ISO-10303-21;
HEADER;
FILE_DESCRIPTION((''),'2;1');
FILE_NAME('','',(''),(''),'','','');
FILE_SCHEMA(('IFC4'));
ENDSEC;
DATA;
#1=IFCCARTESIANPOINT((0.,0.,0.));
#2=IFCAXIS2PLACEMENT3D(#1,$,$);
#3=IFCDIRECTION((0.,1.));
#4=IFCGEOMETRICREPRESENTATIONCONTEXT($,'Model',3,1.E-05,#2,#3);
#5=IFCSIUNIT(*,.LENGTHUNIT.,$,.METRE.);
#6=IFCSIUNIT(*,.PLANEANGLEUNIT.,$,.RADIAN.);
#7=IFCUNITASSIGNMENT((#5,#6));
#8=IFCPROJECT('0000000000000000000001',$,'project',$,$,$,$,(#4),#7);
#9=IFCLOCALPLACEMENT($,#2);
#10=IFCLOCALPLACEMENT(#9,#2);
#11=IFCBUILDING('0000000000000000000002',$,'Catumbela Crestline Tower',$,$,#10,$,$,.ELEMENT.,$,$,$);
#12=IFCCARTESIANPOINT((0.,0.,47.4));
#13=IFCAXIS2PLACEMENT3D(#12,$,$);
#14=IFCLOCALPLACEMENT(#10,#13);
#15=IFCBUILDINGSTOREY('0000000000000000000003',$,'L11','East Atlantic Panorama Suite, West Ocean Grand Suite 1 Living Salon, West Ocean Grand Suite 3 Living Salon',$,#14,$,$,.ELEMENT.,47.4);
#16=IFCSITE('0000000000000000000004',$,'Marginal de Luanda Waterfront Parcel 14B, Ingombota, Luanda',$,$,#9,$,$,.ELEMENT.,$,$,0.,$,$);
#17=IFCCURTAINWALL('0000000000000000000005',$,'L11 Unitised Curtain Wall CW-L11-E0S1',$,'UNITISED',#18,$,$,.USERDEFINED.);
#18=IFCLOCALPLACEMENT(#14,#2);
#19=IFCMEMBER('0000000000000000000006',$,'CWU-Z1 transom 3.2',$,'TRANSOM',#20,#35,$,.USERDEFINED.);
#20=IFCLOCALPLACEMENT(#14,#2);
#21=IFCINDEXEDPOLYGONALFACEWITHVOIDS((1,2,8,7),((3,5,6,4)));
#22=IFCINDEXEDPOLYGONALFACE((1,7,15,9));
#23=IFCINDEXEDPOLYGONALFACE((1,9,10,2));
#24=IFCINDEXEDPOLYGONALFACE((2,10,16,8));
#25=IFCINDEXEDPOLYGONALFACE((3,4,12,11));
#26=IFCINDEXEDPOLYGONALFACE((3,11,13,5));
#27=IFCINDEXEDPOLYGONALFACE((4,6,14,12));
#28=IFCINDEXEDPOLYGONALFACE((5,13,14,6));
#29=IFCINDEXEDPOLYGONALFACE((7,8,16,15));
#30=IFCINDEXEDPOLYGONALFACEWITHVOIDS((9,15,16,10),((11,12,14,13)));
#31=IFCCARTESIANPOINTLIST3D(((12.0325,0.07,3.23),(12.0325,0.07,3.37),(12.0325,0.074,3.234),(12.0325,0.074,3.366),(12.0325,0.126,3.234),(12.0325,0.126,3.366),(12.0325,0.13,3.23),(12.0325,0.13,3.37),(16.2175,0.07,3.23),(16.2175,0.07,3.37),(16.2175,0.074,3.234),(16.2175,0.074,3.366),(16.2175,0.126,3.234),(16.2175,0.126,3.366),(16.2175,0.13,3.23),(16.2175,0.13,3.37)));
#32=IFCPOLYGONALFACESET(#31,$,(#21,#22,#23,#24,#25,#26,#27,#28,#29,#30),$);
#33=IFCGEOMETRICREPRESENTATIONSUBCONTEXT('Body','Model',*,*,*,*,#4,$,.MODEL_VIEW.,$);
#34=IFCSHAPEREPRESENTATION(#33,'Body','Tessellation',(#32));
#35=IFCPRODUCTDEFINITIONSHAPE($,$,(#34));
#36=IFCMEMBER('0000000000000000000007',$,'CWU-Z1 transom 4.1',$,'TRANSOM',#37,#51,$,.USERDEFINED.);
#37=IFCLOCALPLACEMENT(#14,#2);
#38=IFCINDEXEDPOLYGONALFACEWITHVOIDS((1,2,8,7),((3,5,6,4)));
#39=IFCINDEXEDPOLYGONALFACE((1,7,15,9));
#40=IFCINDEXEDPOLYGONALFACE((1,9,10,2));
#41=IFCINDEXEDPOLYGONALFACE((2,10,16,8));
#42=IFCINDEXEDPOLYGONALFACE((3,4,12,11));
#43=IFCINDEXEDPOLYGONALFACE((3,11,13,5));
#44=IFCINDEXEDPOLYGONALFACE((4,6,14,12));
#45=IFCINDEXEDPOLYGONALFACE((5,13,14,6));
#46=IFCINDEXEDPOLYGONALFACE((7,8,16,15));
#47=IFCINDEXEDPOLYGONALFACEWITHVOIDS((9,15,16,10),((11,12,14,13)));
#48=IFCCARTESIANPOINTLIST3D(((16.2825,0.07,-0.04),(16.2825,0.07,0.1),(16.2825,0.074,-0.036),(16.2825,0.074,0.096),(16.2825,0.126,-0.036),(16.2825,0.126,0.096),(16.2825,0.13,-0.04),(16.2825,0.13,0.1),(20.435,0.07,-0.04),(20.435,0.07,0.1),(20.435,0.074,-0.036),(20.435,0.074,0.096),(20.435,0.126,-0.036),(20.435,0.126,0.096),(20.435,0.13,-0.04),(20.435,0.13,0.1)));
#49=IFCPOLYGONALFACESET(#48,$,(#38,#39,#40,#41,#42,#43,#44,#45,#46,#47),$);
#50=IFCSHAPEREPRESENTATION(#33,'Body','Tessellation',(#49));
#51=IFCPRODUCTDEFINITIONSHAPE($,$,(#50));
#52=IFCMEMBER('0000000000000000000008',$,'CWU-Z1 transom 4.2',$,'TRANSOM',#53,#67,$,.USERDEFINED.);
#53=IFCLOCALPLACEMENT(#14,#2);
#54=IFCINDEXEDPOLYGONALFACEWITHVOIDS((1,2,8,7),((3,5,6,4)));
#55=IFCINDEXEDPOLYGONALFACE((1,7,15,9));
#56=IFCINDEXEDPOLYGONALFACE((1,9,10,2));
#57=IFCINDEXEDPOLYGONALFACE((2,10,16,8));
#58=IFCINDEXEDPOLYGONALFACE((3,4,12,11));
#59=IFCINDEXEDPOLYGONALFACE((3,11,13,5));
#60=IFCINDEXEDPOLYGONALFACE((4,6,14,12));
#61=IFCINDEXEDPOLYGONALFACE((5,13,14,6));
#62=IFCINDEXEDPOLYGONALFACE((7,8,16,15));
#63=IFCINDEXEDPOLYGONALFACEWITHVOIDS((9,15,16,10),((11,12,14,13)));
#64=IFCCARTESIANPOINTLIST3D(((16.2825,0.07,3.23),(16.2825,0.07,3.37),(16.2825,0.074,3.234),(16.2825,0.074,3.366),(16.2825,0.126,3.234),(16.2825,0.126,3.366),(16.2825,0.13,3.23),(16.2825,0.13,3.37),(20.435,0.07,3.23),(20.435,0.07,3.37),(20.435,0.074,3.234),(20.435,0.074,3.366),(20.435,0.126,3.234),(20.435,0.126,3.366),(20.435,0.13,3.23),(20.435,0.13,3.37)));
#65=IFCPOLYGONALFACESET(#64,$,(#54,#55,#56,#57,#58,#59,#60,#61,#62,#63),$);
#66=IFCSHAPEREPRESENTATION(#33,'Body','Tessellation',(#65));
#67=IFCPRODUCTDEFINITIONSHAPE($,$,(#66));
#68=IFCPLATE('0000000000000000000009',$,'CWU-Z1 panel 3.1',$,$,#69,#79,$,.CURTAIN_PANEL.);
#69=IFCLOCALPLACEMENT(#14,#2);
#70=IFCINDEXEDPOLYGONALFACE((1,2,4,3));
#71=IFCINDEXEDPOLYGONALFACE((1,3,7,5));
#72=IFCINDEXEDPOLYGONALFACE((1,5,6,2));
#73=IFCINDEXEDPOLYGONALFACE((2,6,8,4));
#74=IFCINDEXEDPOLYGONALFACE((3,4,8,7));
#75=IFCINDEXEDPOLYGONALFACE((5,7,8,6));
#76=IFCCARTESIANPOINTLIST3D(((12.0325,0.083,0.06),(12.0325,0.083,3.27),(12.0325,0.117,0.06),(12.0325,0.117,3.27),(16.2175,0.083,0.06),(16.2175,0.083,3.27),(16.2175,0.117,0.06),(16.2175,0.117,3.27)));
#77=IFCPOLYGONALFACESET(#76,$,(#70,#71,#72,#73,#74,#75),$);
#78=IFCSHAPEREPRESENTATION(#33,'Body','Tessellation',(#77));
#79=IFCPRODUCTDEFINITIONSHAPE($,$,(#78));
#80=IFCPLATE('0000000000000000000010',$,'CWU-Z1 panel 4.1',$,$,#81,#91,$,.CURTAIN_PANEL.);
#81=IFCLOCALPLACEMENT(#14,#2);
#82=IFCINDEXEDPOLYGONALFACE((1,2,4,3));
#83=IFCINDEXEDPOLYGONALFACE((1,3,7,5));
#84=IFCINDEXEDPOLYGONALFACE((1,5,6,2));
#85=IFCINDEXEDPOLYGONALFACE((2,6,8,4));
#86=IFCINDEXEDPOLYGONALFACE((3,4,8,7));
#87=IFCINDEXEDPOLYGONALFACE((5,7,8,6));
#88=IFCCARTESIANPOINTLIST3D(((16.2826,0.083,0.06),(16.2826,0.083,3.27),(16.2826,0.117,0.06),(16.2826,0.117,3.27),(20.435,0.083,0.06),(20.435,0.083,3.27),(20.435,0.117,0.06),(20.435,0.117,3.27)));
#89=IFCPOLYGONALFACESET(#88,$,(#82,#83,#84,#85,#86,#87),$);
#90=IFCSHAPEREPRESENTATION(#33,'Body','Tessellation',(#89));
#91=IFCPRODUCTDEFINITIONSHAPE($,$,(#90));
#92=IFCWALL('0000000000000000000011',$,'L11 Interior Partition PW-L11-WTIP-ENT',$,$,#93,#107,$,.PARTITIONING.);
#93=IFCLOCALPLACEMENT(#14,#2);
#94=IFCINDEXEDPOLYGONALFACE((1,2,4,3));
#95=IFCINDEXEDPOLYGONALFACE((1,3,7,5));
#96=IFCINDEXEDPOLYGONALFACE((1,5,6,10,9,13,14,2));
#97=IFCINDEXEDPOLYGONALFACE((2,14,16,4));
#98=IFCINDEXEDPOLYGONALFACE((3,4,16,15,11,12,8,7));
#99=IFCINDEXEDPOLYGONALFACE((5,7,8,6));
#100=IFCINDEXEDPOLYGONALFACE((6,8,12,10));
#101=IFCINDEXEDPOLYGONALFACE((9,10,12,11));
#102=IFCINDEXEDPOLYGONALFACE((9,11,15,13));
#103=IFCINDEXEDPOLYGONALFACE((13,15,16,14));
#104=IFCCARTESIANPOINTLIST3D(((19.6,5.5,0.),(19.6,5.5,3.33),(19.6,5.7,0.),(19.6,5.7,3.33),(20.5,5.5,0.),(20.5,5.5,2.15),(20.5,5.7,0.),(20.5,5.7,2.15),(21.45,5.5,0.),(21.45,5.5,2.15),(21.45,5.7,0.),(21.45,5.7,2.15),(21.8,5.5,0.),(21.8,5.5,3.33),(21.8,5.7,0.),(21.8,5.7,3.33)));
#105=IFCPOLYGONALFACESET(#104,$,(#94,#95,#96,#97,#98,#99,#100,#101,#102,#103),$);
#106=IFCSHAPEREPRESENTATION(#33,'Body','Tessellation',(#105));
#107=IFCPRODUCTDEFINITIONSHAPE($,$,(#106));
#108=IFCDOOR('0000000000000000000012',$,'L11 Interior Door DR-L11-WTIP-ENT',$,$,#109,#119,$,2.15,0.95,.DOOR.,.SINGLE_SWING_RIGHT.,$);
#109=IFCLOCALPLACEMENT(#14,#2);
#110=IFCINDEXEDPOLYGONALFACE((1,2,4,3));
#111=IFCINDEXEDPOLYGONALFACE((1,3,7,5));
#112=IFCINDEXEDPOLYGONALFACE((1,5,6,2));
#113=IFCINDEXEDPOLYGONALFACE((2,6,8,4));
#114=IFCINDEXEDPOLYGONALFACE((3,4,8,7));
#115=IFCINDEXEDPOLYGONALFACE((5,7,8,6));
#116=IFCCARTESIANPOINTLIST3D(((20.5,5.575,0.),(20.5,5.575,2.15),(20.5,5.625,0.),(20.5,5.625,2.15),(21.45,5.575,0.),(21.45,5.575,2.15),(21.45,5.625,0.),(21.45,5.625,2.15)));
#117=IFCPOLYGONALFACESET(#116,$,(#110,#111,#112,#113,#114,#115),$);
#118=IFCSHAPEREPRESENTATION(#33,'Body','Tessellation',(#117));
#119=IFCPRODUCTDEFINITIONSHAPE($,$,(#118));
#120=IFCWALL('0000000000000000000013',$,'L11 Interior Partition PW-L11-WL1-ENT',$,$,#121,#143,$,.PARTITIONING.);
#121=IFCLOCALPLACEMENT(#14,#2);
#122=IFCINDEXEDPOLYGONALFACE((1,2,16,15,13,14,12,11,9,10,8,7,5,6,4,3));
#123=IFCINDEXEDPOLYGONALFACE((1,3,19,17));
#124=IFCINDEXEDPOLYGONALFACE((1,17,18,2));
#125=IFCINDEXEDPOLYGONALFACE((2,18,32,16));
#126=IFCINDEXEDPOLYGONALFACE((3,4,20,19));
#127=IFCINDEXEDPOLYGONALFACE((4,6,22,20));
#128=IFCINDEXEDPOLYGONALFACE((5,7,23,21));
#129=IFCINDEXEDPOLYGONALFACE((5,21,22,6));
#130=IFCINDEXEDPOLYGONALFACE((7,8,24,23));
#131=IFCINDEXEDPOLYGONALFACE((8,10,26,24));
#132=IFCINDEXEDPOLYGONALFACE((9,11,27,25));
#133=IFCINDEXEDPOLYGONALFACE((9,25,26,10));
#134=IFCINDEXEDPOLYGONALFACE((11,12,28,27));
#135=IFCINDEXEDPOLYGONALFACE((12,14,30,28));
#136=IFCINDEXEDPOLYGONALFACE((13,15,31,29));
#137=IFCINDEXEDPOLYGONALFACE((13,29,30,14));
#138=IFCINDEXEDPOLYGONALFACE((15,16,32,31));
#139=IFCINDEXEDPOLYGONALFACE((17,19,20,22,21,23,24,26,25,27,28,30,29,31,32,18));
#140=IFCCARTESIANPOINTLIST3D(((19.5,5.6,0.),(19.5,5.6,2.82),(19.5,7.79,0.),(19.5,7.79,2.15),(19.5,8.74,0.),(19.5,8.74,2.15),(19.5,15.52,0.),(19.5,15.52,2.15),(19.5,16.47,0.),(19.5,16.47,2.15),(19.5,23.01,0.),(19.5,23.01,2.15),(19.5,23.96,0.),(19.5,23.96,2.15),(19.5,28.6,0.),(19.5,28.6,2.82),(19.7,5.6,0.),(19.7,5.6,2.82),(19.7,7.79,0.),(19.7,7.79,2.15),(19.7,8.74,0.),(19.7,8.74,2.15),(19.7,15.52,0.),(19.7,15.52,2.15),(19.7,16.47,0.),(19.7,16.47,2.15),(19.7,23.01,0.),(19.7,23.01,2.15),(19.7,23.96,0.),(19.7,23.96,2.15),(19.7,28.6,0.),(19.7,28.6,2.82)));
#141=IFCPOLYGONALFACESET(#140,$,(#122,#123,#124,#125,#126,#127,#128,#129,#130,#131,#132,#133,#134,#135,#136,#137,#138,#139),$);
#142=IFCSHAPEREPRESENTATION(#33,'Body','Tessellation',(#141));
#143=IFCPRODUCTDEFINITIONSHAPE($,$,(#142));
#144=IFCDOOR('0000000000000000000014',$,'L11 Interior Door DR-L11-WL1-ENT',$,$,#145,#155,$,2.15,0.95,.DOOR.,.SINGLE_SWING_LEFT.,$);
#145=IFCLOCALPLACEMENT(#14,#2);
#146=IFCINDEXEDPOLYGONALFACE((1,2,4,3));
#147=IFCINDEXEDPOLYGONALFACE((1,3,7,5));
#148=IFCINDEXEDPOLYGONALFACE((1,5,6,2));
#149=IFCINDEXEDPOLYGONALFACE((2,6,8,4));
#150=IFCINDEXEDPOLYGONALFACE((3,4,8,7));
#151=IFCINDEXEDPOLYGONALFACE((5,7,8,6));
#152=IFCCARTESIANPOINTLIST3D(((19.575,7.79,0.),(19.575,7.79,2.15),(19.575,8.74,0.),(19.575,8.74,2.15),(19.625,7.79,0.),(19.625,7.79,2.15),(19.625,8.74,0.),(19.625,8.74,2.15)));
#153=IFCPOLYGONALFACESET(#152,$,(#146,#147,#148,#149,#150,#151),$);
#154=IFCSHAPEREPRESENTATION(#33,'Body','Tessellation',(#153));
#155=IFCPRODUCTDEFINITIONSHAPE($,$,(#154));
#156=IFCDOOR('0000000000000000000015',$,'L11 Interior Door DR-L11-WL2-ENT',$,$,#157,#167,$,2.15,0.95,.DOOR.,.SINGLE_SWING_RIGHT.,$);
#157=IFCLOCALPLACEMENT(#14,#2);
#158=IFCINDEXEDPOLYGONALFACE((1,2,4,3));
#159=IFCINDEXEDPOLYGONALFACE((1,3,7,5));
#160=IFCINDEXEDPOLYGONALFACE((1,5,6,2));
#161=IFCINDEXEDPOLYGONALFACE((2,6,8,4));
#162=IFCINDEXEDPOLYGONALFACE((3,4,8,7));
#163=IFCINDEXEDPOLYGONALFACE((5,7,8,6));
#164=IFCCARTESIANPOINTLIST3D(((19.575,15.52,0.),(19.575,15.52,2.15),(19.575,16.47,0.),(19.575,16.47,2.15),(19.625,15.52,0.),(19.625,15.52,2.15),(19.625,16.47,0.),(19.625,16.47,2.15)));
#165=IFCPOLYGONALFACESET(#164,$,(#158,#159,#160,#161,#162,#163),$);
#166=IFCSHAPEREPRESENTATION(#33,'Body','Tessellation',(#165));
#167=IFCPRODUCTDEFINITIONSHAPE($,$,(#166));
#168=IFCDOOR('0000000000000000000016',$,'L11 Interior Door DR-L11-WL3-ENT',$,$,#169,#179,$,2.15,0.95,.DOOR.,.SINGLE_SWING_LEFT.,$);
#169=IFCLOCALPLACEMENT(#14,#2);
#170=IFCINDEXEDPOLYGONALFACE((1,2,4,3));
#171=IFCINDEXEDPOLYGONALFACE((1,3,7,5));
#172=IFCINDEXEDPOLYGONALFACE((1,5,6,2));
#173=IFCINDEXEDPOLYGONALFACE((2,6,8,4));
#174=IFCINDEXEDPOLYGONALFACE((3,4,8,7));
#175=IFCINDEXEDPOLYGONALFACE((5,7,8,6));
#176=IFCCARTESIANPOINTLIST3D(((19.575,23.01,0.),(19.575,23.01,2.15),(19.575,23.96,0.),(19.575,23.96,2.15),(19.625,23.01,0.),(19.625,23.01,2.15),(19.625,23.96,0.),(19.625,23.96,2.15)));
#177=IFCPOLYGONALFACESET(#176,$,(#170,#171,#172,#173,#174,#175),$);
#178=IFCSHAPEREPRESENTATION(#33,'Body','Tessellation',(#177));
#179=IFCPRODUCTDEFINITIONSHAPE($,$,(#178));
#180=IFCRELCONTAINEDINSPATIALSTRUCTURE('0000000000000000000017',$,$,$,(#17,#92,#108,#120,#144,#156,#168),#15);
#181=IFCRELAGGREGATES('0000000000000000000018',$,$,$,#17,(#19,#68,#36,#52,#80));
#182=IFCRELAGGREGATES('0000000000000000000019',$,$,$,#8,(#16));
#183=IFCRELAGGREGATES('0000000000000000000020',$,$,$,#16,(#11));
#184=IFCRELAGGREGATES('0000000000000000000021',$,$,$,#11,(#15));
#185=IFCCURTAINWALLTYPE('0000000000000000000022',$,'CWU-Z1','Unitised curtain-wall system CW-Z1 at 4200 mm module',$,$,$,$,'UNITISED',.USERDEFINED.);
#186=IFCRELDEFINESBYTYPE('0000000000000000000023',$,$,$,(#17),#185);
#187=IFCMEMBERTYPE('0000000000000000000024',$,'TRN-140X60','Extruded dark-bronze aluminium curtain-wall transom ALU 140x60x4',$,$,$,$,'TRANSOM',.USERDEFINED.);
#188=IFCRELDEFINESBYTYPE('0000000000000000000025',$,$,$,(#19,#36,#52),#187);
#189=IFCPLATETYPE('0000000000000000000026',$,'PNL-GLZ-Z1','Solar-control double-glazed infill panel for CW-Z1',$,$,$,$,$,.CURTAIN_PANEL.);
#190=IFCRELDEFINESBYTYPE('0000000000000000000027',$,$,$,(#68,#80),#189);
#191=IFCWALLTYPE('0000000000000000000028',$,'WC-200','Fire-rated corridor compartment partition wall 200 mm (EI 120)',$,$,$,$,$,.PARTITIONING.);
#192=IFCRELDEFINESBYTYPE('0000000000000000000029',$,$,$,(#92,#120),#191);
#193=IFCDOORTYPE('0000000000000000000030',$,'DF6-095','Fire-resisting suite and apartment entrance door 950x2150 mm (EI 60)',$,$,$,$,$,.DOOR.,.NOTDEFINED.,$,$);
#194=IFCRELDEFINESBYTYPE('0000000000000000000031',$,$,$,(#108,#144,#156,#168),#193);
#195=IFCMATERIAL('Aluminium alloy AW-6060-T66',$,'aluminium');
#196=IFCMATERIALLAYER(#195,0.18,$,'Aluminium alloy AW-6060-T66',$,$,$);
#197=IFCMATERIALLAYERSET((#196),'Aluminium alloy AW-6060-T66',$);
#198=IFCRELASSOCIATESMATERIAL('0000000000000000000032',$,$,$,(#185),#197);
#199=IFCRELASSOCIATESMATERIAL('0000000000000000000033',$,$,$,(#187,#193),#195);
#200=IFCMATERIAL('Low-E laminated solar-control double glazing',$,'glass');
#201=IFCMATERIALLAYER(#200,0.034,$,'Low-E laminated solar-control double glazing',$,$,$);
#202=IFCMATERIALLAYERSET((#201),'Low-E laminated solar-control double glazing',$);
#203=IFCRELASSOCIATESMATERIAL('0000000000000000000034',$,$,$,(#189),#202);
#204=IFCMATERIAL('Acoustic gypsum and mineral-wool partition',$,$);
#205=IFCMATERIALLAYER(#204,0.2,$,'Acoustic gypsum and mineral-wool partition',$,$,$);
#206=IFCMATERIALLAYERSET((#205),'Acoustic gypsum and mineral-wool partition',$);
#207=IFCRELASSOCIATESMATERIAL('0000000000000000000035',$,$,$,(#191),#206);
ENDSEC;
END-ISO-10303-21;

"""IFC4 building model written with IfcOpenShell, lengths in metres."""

from ifc_helpers import new_model, si_unit, direction, frame, frame_2d, origin, origin_2d, place, context, subcontext, project, spatial, rectangle, hollow_rectangle, extrude, material, layer, layer_set, material_profile, profile_set, type_object, element, fill, aggregate, save


model = new_model("IFC4")

# Units and contexts
model_context = context("Model", 3, precision=1e-05, world=origin(), true_north=direction((0.0, 1.0)))
body_context = subcontext(model_context, "Body", "Model", "MODEL_VIEW")
ifc_project = project(units=[si_unit("LENGTHUNIT", "METRE"), si_unit("PLANEANGLEUNIT", "RADIAN")], contexts=[model_context])

# Site, building, storey
site_placement = place(None, origin())
site = spatial("IfcSite", under=ifc_project, at=site_placement, Name="Marginal de Luanda Waterfront Parcel 14B, Ingombota, Luanda", CompositionType="ELEMENT", RefElevation=0.0)
building_placement = place(site_placement, origin())
building = spatial("IfcBuilding", under=site, at=building_placement, Name="Catumbela Crestline Tower", CompositionType="ELEMENT")
storey_placement = place(building_placement, frame((0.0, 0.0, 47.4)))
storey = spatial("IfcBuildingStorey", under=building, at=storey_placement, Name="L11", Description="East Atlantic Panorama Suite, West Ocean Grand Suite 1 Living Salon, West Ocean Grand Suite 3 Living Salon", CompositionType="ELEMENT", Elevation=47.4)

# Curtain wall, members, plates
ifc_material_1 = material(Name="Aluminium alloy AW-6060-T66", Category="aluminium")
ifc_layer_1 = layer(ifc_material_1, 0.18, Name="Aluminium alloy AW-6060-T66")
ifc_layer_set_1 = layer_set([ifc_layer_1], Name="Aluminium alloy AW-6060-T66")
curtain_wall_type = type_object("IfcCurtainWallType", Name="CWU-Z1", Description="Unitised curtain-wall system CW-Z1 at 4200 mm module", ElementType="UNITISED", PredefinedType="USERDEFINED", material=ifc_layer_set_1)
curtain_wall_placement = place(storey_placement, origin())
curtain_wall = element("IfcCurtainWall", 1, at=curtain_wall_placement, inside=storey, type_object=curtain_wall_type, Name="L11 Unitised Curtain Wall CW-L11-E0S1", ObjectType="UNITISED", PredefinedType="USERDEFINED")
ifc_material_profile_1 = material_profile(ifc_material_1, hollow_rectangle(XDim=0.06, YDim=0.14, WallThickness=0.004, at=origin_2d()), Name="ALU 140x60x4")
ifc_profile_set_1 = profile_set([ifc_material_profile_1], Name="Aluminium alloy AW-6060-T66")
member_type_1 = type_object("IfcMemberType", Name="TRN-140X60", Description="Extruded dark-bronze aluminium curtain-wall transom ALU 140x60x4", ElementType="TRANSOM", PredefinedType="USERDEFINED", material=ifc_profile_set_1)
member_1_placement = place(storey_placement, frame((12.0325, 0.1, 3.3), z_axis=(1.0, 0.0, 0.0), x_axis=(0.0, 1.0, 0.0)))
member_1 = element("IfcMember", 2, at=member_1_placement, type_object=member_type_1, Name="CWU-Z1 transom 3.2", ObjectType="TRANSOM", PredefinedType="USERDEFINED", context=body_context, shape_type="SweptSolid", body=[
    extrude(hollow_rectangle(XDim=0.06, YDim=0.14, WallThickness=0.004, at=origin_2d()), origin(), (0.0, 0.0, 1.0), 4.185),
])
member_2_placement = place(storey_placement, frame((16.2825, 0.1, 0.03), z_axis=(1.0, 0.0, 0.0), x_axis=(0.0, 1.0, 0.0)))
member_2 = element("IfcMember", 3, at=member_2_placement, type_object=member_type_1, Name="CWU-Z1 transom 4.1", ObjectType="TRANSOM", PredefinedType="USERDEFINED", context=body_context, shape_type="SweptSolid", body=[
    extrude(hollow_rectangle(XDim=0.06, YDim=0.14, WallThickness=0.004, at=origin_2d()), origin(), (0.0, 0.0, 1.0), 4.1525),
])
member_3_placement = place(storey_placement, frame((16.2825, 0.1, 3.3), z_axis=(1.0, 0.0, 0.0), x_axis=(0.0, 1.0, 0.0)))
member_3 = element("IfcMember", 4, at=member_3_placement, type_object=member_type_1, Name="CWU-Z1 transom 4.2", ObjectType="TRANSOM", PredefinedType="USERDEFINED", context=body_context, shape_type="SweptSolid", body=[
    extrude(hollow_rectangle(XDim=0.06, YDim=0.14, WallThickness=0.004, at=origin_2d()), origin(), (0.0, 0.0, 1.0), 4.1525),
])
ifc_material_2 = material(Name="Low-E laminated solar-control double glazing", Category="glass")
ifc_layer_2 = layer(ifc_material_2, 0.034, Name="Low-E laminated solar-control double glazing")
ifc_layer_set_2 = layer_set([ifc_layer_2], Name="Low-E laminated solar-control double glazing")
plate_type = type_object("IfcPlateType", Name="PNL-GLZ-Z1", Description="Solar-control double-glazed infill panel for CW-Z1", PredefinedType="CURTAIN_PANEL", material=ifc_layer_set_2)
plate_1_placement = place(storey_placement, frame((14.125, 0.1, 0.06), z_axis=(0.0, 0.0, 1.0), x_axis=(1.0, 0.0, 0.0)))
plate_1 = element("IfcPlate", 5, at=plate_1_placement, type_object=plate_type, Name="CWU-Z1 panel 3.1", PredefinedType="CURTAIN_PANEL", context=body_context, shape_type="SweptSolid", body=[
    extrude(rectangle(XDim=4.185, YDim=0.034, at=origin_2d()), origin(), (0.0, 0.0, 1.0), 3.21),
])
plate_2_placement = place(storey_placement, frame((18.3588, 0.1, 0.06), z_axis=(0.0, 0.0, 1.0), x_axis=(1.0, 0.0, 0.0)))
plate_2 = element("IfcPlate", 6, at=plate_2_placement, type_object=plate_type, Name="CWU-Z1 panel 4.1", PredefinedType="CURTAIN_PANEL", context=body_context, shape_type="SweptSolid", body=[
    extrude(rectangle(XDim=4.1525, YDim=0.034, at=origin_2d()), origin(), (0.0, 0.0, 1.0), 3.21),
])
aggregate(curtain_wall, [member_1, plate_1, member_2, member_3, plate_2])

# Wall, opening, door
ifc_material_3 = material(Name="Acoustic gypsum and mineral-wool partition")
ifc_layer_3 = layer(ifc_material_3, 0.2, Name="Acoustic gypsum and mineral-wool partition")
ifc_layer_set_3 = layer_set([ifc_layer_3], Name="Acoustic gypsum and mineral-wool partition")
wall_type = type_object("IfcWallType", Name="WC-200", Description="Fire-rated corridor compartment partition wall 200 mm (EI 120)", PredefinedType="PARTITIONING", material=ifc_layer_set_3)
wall_1_placement = place(storey_placement, frame((19.6, 5.6, 0.0), z_axis=(0.0, 0.0, 1.0), x_axis=(1.0, 0.0, 0.0)))
wall_1 = element("IfcWall", 7, at=wall_1_placement, inside=storey, type_object=wall_type, Name="L11 Interior Partition PW-L11-WTIP-ENT", PredefinedType="PARTITIONING", context=body_context, shape_type="SweptSolid", body=[
    extrude(rectangle(XDim=2.2, YDim=0.2, at=frame_2d((1.1, 0.0))), origin(), (0.0, 0.0, 1.0), 3.33),
])
opening_1_placement = place(wall_1_placement, frame((0.9, 0.0, 0.0)))
opening_1 = element("IfcOpeningElement", 8, at=opening_1_placement, cuts=wall_1, PredefinedType="OPENING", context=body_context, shape_type="SweptSolid", body=[
    extrude(rectangle(XDim=0.95, YDim=2.15, at=frame_2d((0.475, 1.075))), frame((0.0, 0.11, 0.0), z_axis=(0.0, -1.0, 0.0), x_axis=(1.0, 0.0, 0.0)), (0.0, 0.0, 1.0), 0.22),
])
door_type = type_object("IfcDoorType", Name="DF6-095", Description="Fire-resisting suite and apartment entrance door 950x2150 mm (EI 60)", OperationType="NOTDEFINED", PredefinedType="DOOR", material=ifc_material_1)
door_1_placement = place(opening_1_placement, origin())
door_1 = element("IfcDoor", 9, at=door_1_placement, inside=storey, type_object=door_type, Name="L11 Interior Door DR-L11-WTIP-ENT", OperationType="SINGLE_SWING_RIGHT", OverallHeight=2.15, OverallWidth=0.95, PredefinedType="DOOR", context=body_context, shape_type="SweptSolid", body=[
    extrude(rectangle(XDim=0.95, YDim=2.15, at=frame_2d((0.475, 1.075))), frame((0.0, 0.025, 0.0), z_axis=(0.0, -1.0, 0.0), x_axis=(1.0, 0.0, 0.0)), (0.0, 0.0, 1.0), 0.05),
])
fill(opening_1, door_1)

# Wall, openings, doors
wall_2_placement = place(storey_placement, frame((19.6, 5.6, 0.0), z_axis=(0.0, 0.0, 1.0), x_axis=(0.0, 1.0, 0.0)))
wall_2 = element("IfcWall", 10, at=wall_2_placement, inside=storey, type_object=wall_type, Name="L11 Interior Partition PW-L11-WL1-ENT", PredefinedType="PARTITIONING", context=body_context, shape_type="SweptSolid", body=[
    extrude(rectangle(XDim=23.0, YDim=0.2, at=frame_2d((11.5, 0.0))), origin(), (0.0, 0.0, 1.0), 2.82),
])
opening_2_placement = place(wall_2_placement, frame((2.19, 0.0, 0.0)))
opening_2 = element("IfcOpeningElement", 11, at=opening_2_placement, cuts=wall_2, PredefinedType="OPENING", context=body_context, shape_type="SweptSolid", body=[
    extrude(rectangle(XDim=0.95, YDim=2.15, at=frame_2d((0.475, 1.075))), frame((0.0, 0.11, 0.0), z_axis=(0.0, -1.0, 0.0), x_axis=(1.0, 0.0, 0.0)), (0.0, 0.0, 1.0), 0.22),
])
opening_3_placement = place(wall_2_placement, frame((9.92, 0.0, 0.0)))
opening_3 = element("IfcOpeningElement", 12, at=opening_3_placement, cuts=wall_2, PredefinedType="OPENING", context=body_context, shape_type="SweptSolid", body=[
    extrude(rectangle(XDim=0.95, YDim=2.15, at=frame_2d((0.475, 1.075))), frame((0.0, 0.11, 0.0), z_axis=(0.0, -1.0, 0.0), x_axis=(1.0, 0.0, 0.0)), (0.0, 0.0, 1.0), 0.22),
])
opening_4_placement = place(wall_2_placement, frame((17.41, 0.0, 0.0)))
opening_4 = element("IfcOpeningElement", 13, at=opening_4_placement, cuts=wall_2, PredefinedType="OPENING", context=body_context, shape_type="SweptSolid", body=[
    extrude(rectangle(XDim=0.95, YDim=2.15, at=frame_2d((0.475, 1.075))), frame((0.0, 0.11, 0.0), z_axis=(0.0, -1.0, 0.0), x_axis=(1.0, 0.0, 0.0)), (0.0, 0.0, 1.0), 0.22),
])
door_2_placement = place(opening_2_placement, origin())
door_2 = element("IfcDoor", 14, at=door_2_placement, inside=storey, type_object=door_type, Name="L11 Interior Door DR-L11-WL1-ENT", OperationType="SINGLE_SWING_LEFT", OverallHeight=2.15, OverallWidth=0.95, PredefinedType="DOOR", context=body_context, shape_type="SweptSolid", body=[
    extrude(rectangle(XDim=0.95, YDim=2.15, at=frame_2d((0.475, 1.075))), frame((0.0, 0.025, 0.0), z_axis=(0.0, -1.0, 0.0), x_axis=(1.0, 0.0, 0.0)), (0.0, 0.0, 1.0), 0.05),
])
fill(opening_2, door_2)
door_3_placement = place(opening_3_placement, origin())
door_3 = element("IfcDoor", 15, at=door_3_placement, inside=storey, type_object=door_type, Name="L11 Interior Door DR-L11-WL2-ENT", OperationType="SINGLE_SWING_RIGHT", OverallHeight=2.15, OverallWidth=0.95, PredefinedType="DOOR", context=body_context, shape_type="SweptSolid", body=[
    extrude(rectangle(XDim=0.95, YDim=2.15, at=frame_2d((0.475, 1.075))), frame((0.0, 0.025, 0.0), z_axis=(0.0, -1.0, 0.0), x_axis=(1.0, 0.0, 0.0)), (0.0, 0.0, 1.0), 0.05),
])
fill(opening_3, door_3)
door_4_placement = place(opening_4_placement, origin())
door_4 = element("IfcDoor", 16, at=door_4_placement, inside=storey, type_object=door_type, Name="L11 Interior Door DR-L11-WL3-ENT", OperationType="SINGLE_SWING_LEFT", OverallHeight=2.15, OverallWidth=0.95, PredefinedType="DOOR", context=body_context, shape_type="SweptSolid", body=[
    extrude(rectangle(XDim=0.95, YDim=2.15, at=frame_2d((0.475, 1.075))), frame((0.0, 0.025, 0.0), z_axis=(0.0, -1.0, 0.0), x_axis=(1.0, 0.0, 0.0)), (0.0, 0.0, 1.0), 0.05),
])
fill(opening_4, door_4)

save(model, "model.ifc")
